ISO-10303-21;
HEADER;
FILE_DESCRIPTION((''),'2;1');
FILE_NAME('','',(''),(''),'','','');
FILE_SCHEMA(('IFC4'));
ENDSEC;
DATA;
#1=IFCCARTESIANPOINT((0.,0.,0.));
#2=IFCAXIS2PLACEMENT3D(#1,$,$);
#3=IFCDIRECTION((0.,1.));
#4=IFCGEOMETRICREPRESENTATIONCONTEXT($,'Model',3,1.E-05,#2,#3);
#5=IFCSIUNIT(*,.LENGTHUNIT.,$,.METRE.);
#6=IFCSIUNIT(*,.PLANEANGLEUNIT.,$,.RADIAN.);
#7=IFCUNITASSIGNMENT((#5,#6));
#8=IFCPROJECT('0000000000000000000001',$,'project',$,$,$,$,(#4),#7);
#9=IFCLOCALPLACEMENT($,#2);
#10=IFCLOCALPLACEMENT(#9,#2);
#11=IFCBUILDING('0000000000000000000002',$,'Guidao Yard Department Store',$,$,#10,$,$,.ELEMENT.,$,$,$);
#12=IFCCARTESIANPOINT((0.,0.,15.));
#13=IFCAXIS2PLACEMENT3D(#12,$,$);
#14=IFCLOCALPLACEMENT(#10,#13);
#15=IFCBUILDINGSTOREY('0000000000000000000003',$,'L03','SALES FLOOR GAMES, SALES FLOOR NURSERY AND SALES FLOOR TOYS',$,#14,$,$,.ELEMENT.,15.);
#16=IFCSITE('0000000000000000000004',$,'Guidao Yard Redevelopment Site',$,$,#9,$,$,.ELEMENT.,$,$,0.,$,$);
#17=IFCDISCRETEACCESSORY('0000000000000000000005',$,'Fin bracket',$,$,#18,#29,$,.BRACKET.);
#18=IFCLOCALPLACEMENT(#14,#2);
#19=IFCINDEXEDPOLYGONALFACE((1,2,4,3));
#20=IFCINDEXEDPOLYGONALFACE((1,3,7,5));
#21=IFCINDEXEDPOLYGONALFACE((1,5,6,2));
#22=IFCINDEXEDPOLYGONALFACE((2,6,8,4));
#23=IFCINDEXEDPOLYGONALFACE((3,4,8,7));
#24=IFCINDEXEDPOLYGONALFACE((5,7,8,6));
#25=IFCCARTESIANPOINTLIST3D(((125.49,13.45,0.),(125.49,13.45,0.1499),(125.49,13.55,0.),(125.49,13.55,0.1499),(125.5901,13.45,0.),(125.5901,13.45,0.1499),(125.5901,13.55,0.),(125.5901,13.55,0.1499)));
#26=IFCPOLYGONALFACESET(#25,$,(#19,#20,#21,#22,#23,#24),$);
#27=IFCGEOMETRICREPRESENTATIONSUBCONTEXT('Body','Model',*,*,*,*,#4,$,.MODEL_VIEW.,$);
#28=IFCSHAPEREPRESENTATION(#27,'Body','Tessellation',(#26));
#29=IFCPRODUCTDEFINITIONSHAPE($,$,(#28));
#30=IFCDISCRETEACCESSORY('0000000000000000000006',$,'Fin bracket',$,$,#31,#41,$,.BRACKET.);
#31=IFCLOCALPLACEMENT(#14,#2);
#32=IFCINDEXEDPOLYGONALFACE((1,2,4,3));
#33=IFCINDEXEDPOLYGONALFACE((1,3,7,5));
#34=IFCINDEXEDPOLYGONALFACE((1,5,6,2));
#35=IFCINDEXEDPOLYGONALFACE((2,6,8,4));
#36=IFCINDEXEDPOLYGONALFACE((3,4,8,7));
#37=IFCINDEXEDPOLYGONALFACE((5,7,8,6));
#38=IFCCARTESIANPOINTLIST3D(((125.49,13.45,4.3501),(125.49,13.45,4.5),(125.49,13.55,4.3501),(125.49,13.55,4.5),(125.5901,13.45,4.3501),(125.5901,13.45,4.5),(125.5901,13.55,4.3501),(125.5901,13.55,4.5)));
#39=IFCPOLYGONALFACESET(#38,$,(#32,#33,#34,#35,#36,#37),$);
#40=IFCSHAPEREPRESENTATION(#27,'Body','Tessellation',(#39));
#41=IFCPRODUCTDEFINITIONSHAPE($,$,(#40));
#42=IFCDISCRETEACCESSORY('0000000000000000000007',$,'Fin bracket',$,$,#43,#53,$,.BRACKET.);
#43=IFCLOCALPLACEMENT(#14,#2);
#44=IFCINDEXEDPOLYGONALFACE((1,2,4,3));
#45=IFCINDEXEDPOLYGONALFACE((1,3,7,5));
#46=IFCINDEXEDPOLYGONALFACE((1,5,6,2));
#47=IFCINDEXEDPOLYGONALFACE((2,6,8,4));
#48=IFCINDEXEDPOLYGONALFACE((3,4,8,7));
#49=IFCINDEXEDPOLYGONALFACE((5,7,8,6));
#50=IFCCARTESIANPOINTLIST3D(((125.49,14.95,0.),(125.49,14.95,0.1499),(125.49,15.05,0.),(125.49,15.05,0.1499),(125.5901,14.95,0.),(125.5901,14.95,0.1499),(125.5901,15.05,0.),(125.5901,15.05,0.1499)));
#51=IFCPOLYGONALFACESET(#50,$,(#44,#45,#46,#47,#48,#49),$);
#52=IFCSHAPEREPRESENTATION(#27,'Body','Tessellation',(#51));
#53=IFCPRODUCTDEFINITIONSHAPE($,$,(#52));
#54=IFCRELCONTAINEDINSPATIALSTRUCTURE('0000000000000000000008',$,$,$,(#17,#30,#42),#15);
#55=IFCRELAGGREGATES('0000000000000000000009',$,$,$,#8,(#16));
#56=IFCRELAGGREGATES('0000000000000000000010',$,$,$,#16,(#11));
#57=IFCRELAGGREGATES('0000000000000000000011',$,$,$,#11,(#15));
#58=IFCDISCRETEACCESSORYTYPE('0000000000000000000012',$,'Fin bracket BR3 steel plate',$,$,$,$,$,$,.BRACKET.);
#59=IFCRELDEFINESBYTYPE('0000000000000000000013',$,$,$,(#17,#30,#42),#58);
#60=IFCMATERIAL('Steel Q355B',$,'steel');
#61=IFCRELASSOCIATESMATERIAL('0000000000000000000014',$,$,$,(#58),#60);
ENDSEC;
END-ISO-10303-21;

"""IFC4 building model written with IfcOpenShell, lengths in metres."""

from ifc_helpers import new_model, si_unit, direction, frame, origin, origin_2d, place, context, subcontext, project, spatial, rectangle, extrude, material, type_object, element, save


model = new_model("IFC4")

# Units and contexts
model_context = context("Model", 3, precision=1e-05, world=origin(), true_north=direction((0.0, 1.0)))
body_context = subcontext(model_context, "Body", "Model", "MODEL_VIEW")
ifc_project = project(units=[si_unit("LENGTHUNIT", "METRE"), si_unit("PLANEANGLEUNIT", "RADIAN")], contexts=[model_context])

# Site, building, storey
site_placement = place(None, origin())
site = spatial("IfcSite", under=ifc_project, at=site_placement, Name="Guidao Yard Redevelopment Site", CompositionType="ELEMENT", RefElevation=0.0)
building_placement = place(site_placement, origin())
building = spatial("IfcBuilding", under=site, at=building_placement, Name="Guidao Yard Department Store", CompositionType="ELEMENT")
storey_placement = place(building_placement, frame((0.0, 0.0, 15.0)))
storey = spatial("IfcBuildingStorey", under=building, at=storey_placement, Name="L03", Description="SALES FLOOR GAMES, SALES FLOOR NURSERY AND SALES FLOOR TOYS", CompositionType="ELEMENT", Elevation=15.0)

# Discrete accessories
ifc_material_1 = material(Name="Steel Q355B", Category="steel")
discrete_accessory_type = type_object("IfcDiscreteAccessoryType", Name="Fin bracket BR3 steel plate", PredefinedType="BRACKET", material=ifc_material_1)
for number, where, z_axis, x_axis, name in (
    (1, (125.54, 13.5, 0.0), (0.0, 0.0, 1.0), (0.0, 1.0, 0.0), "Fin bracket"),
    (2, (125.54, 13.5, 4.3501), (0.0, 0.0, 1.0), (0.0, 1.0, 0.0), "Fin bracket"),
    (3, (125.54, 15.0, 0.0), (0.0, 0.0, 1.0), (0.0, 1.0, 0.0), "Fin bracket"),
):
    element("IfcDiscreteAccessory", number, at=place(storey_placement, frame(where, z_axis=z_axis, x_axis=x_axis)), inside=storey, type_object=discrete_accessory_type, Name=name, PredefinedType="BRACKET", context=body_context, shape_type="SweptSolid", body=[
        extrude(rectangle(XDim=0.1001, YDim=0.1001, at=origin_2d()), origin(), (0.0, 0.0, 1.0), 0.1499),
    ])

save(model, "model.ifc")
